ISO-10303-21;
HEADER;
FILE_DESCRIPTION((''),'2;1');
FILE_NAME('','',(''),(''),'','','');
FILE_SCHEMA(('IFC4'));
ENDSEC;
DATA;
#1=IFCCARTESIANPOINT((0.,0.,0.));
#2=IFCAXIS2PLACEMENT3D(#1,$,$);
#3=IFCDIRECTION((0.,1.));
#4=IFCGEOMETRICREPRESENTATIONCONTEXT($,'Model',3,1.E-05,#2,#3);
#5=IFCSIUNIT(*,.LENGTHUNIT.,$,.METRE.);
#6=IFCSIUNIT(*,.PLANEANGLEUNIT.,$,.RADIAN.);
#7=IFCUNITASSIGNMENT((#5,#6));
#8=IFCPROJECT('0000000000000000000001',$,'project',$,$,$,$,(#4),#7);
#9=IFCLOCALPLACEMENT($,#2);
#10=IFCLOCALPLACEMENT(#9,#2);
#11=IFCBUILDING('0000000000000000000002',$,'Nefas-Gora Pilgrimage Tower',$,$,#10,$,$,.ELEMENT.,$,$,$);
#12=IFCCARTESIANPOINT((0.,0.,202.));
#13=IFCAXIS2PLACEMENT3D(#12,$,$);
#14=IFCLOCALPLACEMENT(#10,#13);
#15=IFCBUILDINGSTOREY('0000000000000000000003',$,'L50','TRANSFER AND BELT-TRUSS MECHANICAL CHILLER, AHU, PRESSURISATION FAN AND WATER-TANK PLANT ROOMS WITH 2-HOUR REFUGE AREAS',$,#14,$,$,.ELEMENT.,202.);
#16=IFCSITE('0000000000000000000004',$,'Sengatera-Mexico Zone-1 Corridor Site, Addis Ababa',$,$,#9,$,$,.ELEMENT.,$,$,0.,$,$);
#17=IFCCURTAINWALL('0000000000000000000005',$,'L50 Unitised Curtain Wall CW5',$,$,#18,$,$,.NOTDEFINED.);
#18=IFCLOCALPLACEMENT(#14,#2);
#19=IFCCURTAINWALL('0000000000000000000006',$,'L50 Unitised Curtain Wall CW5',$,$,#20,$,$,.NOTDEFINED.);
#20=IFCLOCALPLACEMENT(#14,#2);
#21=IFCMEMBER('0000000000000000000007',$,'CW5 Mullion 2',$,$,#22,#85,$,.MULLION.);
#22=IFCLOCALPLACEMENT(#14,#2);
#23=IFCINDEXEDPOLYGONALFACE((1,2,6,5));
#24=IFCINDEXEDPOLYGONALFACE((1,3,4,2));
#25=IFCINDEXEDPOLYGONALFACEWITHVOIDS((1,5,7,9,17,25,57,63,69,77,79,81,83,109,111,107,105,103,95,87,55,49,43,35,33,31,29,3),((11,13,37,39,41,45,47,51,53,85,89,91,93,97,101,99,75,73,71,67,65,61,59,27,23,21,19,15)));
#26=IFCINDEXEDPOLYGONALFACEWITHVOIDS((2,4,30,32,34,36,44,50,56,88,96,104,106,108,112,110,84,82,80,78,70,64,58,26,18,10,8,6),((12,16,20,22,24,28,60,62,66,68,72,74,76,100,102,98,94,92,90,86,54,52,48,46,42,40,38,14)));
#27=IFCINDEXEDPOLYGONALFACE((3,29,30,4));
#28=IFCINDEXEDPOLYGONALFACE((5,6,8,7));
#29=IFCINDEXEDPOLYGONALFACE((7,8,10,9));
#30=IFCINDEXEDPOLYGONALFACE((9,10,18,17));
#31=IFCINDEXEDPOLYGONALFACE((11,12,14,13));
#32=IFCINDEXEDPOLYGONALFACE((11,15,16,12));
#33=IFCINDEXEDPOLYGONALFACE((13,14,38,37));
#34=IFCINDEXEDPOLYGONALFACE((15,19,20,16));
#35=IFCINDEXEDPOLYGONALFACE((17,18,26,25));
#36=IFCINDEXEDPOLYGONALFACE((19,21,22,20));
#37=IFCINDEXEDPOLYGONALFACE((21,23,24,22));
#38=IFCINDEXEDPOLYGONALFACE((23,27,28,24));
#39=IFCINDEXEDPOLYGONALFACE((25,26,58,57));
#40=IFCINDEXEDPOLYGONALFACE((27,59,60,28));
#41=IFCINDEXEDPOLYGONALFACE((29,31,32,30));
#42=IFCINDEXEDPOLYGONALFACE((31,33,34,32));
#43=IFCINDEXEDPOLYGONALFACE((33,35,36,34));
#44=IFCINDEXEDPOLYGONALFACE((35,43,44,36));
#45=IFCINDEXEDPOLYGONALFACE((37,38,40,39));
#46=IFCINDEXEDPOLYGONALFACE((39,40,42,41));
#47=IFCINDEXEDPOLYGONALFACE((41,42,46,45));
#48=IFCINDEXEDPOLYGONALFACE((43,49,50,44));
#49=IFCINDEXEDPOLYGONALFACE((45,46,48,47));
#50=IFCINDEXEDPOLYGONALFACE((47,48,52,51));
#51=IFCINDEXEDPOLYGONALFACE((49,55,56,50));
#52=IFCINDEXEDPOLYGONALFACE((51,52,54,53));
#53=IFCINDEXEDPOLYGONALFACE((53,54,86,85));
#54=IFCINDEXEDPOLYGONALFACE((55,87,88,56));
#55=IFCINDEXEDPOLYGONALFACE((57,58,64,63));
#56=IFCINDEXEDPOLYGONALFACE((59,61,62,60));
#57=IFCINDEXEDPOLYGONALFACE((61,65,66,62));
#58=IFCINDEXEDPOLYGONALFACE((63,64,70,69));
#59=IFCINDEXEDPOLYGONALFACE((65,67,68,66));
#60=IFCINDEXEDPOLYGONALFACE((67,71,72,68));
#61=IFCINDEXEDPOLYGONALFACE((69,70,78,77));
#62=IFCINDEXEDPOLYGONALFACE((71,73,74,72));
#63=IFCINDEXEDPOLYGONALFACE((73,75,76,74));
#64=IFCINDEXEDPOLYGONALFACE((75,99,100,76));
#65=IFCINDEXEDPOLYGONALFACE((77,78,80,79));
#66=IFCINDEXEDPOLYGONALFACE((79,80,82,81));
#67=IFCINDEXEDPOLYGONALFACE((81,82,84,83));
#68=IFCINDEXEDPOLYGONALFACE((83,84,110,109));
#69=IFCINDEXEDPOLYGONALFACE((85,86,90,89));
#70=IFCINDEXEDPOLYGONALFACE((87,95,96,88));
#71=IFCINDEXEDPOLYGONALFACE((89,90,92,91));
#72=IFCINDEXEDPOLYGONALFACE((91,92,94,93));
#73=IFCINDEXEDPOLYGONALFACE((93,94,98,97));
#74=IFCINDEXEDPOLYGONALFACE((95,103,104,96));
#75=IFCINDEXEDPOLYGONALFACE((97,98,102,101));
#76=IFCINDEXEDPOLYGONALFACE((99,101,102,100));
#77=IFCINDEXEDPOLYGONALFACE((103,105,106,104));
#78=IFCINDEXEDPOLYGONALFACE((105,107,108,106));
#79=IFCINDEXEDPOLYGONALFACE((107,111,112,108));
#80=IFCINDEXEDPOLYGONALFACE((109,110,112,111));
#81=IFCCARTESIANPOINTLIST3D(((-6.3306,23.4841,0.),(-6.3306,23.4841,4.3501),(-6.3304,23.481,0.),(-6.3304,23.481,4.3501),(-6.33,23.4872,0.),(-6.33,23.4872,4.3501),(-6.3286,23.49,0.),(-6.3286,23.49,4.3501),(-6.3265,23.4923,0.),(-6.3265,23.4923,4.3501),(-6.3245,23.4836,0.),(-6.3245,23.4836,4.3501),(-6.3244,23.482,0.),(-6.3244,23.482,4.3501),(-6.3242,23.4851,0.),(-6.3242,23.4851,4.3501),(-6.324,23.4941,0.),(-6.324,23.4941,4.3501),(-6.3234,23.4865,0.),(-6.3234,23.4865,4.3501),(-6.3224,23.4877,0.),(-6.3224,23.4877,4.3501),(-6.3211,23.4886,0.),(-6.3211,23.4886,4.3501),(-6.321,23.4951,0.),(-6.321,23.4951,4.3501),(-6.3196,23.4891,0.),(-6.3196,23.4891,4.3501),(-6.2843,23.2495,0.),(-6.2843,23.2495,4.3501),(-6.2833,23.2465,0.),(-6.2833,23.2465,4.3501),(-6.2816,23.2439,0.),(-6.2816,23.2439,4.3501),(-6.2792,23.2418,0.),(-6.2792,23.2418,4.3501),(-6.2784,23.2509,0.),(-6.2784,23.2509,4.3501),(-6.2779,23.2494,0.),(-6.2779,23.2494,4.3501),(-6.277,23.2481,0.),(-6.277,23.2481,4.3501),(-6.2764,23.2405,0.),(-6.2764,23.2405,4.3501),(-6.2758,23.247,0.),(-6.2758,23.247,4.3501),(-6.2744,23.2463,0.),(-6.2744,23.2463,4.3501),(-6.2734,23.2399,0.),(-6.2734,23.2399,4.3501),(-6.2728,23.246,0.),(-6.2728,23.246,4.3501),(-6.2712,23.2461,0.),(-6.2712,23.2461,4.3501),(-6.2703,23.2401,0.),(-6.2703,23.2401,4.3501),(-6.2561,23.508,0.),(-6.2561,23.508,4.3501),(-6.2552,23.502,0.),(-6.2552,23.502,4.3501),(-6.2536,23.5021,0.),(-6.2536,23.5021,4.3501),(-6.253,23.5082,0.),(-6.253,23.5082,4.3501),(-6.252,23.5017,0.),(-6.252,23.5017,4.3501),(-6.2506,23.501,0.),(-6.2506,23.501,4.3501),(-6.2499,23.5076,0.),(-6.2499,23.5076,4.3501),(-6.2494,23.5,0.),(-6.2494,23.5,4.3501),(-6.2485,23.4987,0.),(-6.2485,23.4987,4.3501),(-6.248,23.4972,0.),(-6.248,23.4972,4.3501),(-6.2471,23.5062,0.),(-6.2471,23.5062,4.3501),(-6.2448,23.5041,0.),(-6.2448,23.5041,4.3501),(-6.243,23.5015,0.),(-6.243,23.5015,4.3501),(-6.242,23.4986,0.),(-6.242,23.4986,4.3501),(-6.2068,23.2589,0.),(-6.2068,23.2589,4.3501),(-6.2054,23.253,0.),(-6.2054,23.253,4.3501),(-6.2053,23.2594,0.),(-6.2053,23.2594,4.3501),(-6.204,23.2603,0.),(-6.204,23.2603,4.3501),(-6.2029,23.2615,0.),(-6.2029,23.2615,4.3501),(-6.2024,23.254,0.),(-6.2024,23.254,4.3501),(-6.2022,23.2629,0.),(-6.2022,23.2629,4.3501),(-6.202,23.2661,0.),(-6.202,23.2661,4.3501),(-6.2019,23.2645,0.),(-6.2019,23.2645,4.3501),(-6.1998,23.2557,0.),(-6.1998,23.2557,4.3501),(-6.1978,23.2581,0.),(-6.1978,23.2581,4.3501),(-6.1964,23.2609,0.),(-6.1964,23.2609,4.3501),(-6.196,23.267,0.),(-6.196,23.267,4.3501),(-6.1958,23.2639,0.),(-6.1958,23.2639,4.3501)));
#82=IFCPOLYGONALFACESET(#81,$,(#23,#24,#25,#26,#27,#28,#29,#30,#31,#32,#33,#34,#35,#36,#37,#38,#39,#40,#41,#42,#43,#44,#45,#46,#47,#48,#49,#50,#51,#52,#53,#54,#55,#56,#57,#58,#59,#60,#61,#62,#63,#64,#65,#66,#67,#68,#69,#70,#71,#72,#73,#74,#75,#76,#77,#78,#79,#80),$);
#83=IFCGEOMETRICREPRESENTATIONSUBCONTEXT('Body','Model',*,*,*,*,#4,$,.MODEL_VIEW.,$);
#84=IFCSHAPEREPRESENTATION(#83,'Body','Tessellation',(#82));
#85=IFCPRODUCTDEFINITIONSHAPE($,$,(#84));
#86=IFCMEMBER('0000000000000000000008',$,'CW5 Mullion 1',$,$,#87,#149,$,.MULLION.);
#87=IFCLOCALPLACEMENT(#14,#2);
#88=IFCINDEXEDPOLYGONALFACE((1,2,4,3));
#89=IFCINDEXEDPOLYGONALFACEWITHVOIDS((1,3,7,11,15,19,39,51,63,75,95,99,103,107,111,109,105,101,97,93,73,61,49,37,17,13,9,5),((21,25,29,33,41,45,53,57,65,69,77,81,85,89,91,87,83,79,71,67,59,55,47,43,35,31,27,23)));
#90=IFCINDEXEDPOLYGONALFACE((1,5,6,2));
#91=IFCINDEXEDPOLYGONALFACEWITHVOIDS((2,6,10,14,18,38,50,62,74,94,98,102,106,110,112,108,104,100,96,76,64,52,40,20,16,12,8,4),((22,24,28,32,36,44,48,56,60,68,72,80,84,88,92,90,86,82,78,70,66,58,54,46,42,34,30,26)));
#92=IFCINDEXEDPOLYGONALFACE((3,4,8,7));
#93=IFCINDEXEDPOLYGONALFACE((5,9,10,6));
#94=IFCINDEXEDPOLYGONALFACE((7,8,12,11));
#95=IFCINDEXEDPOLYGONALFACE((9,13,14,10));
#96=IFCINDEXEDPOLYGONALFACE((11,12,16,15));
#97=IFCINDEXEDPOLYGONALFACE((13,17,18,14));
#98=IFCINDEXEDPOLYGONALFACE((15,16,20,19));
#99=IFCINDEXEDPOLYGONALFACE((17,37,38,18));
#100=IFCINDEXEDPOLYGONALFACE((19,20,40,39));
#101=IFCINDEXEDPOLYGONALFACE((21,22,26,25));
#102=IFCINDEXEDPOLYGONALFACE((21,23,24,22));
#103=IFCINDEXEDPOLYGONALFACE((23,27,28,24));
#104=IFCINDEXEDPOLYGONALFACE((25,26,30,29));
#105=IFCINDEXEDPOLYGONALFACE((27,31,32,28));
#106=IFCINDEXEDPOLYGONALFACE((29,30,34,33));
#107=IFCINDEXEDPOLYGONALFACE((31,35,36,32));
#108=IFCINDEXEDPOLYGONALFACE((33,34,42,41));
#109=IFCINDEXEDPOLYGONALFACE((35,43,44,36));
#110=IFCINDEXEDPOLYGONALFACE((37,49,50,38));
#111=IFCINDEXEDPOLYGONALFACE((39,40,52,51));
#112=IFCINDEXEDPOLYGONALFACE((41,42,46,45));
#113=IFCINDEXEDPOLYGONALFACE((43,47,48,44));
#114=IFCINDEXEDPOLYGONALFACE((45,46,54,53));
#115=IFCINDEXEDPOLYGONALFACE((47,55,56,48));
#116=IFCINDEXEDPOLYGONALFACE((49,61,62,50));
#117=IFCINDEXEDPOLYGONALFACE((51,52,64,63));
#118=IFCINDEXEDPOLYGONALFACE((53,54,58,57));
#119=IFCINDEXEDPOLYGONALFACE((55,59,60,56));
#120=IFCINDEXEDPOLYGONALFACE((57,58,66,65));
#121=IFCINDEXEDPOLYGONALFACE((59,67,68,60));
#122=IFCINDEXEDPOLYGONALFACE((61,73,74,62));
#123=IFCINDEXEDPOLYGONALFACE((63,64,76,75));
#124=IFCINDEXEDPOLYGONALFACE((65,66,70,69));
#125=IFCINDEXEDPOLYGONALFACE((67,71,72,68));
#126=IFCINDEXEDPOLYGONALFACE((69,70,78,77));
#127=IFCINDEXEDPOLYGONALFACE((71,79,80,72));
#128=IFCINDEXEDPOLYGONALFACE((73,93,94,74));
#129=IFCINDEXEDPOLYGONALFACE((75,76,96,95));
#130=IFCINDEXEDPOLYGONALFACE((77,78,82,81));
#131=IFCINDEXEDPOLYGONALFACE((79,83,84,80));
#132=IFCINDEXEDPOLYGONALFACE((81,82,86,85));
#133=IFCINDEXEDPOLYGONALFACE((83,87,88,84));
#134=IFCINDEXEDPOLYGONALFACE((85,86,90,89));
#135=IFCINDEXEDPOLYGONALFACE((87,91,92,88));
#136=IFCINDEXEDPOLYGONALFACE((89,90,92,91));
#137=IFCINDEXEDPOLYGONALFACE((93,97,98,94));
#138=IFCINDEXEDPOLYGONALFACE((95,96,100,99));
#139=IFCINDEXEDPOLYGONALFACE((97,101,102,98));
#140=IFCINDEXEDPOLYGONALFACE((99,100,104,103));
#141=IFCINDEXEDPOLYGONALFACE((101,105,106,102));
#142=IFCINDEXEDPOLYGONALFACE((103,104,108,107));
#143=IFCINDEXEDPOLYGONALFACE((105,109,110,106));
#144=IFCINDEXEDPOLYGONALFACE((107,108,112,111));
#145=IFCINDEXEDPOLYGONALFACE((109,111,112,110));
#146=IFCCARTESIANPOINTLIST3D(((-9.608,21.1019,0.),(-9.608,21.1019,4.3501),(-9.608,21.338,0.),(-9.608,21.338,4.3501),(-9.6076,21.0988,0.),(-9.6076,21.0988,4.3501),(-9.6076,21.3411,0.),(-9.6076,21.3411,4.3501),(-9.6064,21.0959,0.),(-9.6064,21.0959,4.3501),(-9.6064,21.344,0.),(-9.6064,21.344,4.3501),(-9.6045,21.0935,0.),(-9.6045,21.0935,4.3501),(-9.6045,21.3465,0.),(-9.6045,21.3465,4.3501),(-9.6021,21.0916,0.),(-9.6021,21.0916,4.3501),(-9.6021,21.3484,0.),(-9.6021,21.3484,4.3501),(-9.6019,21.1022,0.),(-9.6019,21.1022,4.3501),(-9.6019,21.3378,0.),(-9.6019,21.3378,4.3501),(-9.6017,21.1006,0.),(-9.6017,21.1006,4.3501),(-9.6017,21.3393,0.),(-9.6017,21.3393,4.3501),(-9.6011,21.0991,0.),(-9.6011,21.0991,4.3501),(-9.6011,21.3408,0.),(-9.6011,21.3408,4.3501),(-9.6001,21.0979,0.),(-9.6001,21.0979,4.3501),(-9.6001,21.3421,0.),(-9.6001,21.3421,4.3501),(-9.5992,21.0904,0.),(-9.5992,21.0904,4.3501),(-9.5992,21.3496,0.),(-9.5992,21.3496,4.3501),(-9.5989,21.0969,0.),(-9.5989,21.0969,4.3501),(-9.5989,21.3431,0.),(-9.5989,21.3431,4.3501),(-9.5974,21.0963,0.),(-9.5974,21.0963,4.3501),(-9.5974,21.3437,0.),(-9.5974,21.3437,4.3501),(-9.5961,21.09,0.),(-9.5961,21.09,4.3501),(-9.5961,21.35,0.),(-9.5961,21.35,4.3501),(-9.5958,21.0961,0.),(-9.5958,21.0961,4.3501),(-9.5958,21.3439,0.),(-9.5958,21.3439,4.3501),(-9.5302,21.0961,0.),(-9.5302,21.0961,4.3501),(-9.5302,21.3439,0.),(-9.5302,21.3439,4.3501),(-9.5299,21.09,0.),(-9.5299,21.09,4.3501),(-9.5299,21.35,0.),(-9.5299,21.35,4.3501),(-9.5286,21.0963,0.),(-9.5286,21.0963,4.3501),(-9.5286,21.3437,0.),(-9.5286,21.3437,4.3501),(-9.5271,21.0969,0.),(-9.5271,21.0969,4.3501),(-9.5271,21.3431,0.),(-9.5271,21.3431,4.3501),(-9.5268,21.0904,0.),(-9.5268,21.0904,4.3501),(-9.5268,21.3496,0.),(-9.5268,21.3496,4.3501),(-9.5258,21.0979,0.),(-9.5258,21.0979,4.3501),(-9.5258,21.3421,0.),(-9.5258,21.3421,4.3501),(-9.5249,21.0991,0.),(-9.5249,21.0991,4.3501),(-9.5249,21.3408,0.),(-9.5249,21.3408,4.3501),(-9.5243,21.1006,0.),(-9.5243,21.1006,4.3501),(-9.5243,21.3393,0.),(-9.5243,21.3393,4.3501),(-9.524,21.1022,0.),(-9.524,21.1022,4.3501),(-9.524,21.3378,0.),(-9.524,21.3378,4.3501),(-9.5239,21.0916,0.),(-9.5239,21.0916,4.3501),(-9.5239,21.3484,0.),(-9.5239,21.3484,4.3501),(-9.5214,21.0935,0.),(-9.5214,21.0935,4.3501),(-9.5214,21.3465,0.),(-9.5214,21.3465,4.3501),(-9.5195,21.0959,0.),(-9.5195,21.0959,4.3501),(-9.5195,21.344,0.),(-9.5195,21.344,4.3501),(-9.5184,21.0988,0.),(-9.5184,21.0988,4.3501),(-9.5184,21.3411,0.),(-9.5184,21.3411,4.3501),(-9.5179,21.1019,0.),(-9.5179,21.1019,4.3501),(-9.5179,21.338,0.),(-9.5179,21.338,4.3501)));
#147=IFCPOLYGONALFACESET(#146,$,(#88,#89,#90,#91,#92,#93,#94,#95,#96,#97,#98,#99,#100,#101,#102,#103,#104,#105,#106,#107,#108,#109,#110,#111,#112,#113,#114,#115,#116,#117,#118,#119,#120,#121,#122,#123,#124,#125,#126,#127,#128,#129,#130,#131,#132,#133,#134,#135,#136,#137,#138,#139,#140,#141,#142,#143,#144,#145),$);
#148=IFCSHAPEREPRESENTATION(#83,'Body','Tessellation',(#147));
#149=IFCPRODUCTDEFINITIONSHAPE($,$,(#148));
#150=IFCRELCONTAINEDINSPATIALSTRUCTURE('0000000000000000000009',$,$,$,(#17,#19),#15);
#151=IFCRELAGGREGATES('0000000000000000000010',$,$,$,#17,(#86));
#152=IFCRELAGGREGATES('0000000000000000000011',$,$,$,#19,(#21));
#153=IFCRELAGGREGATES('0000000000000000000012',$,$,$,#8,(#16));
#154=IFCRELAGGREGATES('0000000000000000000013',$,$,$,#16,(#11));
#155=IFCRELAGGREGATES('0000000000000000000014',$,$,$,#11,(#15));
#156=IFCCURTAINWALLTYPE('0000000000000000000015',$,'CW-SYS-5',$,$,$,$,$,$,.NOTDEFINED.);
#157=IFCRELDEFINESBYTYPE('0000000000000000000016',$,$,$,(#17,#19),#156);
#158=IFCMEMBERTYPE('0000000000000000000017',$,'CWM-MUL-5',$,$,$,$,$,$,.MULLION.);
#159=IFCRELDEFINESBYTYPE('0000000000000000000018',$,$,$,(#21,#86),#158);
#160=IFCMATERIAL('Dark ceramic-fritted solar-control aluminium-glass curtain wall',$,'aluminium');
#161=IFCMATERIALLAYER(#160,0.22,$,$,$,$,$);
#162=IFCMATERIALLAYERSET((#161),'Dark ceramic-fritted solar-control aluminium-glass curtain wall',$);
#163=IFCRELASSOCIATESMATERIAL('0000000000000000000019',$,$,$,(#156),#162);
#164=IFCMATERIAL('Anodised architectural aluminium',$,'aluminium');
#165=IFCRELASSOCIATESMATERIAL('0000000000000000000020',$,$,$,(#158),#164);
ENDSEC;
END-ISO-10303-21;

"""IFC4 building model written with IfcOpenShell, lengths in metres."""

from ifc_helpers import new_model, si_unit, direction, frame, origin, origin_2d, place, context, subcontext, project, spatial, hollow_rectangle, extrude, source, transform, mapped, material, layer, layer_set, material_profile, profile_set, type_object, element, aggregate, save


model = new_model("IFC4")

# Units and contexts
model_context = context("Model", 3, precision=1e-05, world=origin(), true_north=direction((0.0, 1.0)))
body_context = subcontext(model_context, "Body", "Model", "MODEL_VIEW")
ifc_project = project(units=[si_unit("LENGTHUNIT", "METRE"), si_unit("PLANEANGLEUNIT", "RADIAN")], contexts=[model_context])

# Site, building, storey
site_placement = place(None, origin())
site = spatial("IfcSite", under=ifc_project, at=site_placement, Name="Sengatera-Mexico Zone-1 Corridor Site, Addis Ababa", CompositionType="ELEMENT", RefElevation=0.0)
building_placement = place(site_placement, origin())
building = spatial("IfcBuilding", under=site, at=building_placement, Name="Nefas-Gora Pilgrimage Tower", CompositionType="ELEMENT")
storey_placement = place(building_placement, frame((0.0, 0.0, 202.0)))
storey = spatial("IfcBuildingStorey", under=building, at=storey_placement, Name="L50", Description="TRANSFER AND BELT-TRUSS MECHANICAL CHILLER, AHU, PRESSURISATION FAN AND WATER-TANK PLANT ROOMS WITH 2-HOUR REFUGE AREAS", CompositionType="ELEMENT", Elevation=202.0)

# Curtain walls
ifc_material_1 = material(Name="Dark ceramic-fritted solar-control aluminium-glass curtain wall", Category="aluminium")
ifc_layer_1 = layer(ifc_material_1, 0.22)
ifc_layer_set_1 = layer_set([ifc_layer_1], Name="Dark ceramic-fritted solar-control aluminium-glass curtain wall")
curtain_wall_type = type_object("IfcCurtainWallType", Name="CW-SYS-5", PredefinedType="NOTDEFINED", material=ifc_layer_set_1)
curtain_wall_1_placement = place(storey_placement, origin())
curtain_wall_1 = element("IfcCurtainWall", 1, at=curtain_wall_1_placement, inside=storey, type_object=curtain_wall_type, Name="L50 Unitised Curtain Wall CW5", PredefinedType="NOTDEFINED")
ifc_material_2 = material(Name="Anodised architectural aluminium", Category="aluminium")
curtain_wall_2_placement = place(storey_placement, origin())
curtain_wall_2 = element("IfcCurtainWall", 2, at=curtain_wall_2_placement, inside=storey, type_object=curtain_wall_type, Name="L50 Unitised Curtain Wall CW5", PredefinedType="NOTDEFINED")
ifc_material_profile_1 = material_profile(ifc_material_2, hollow_rectangle(XDim=0.0901, YDim=0.26, WallThickness=0.0061, InnerFilletRadius=0.0061, OuterFilletRadius=0.012, at=origin_2d()), Name="ALU MULLION 90x260")
ifc_profile_set_1 = profile_set([ifc_material_profile_1], Name="Anodised architectural aluminium")
member_type_1 = type_object("IfcMemberType", Name="CWM-MUL-5", PredefinedType="MULLION", material=ifc_profile_set_1)
shared_shape_1 = source(origin(), body_context, "Body", "SweptSolid", [
    extrude(hollow_rectangle(XDim=0.0901, YDim=0.26, WallThickness=0.0061, InnerFilletRadius=0.0061, OuterFilletRadius=0.012, at=origin_2d()), origin(), (0.0, 0.0, 1.0), 4.3501),
])

# Members
member_1_placement = place(storey_placement, frame((-6.2632, 23.374, 0.0), z_axis=(0.0, 0.0, 1.0), x_axis=(-0.980783, -0.195102, 0.0)))
member_1 = element("IfcMember", 3, at=member_1_placement, type_object=member_type_1, Name="CW5 Mullion 2", PredefinedType="MULLION", context=body_context, shape_type="MappedRepresentation", body=[
    mapped(shared_shape_1, transform((0.0, 0.0, 0.0), x_axis=(1.0, 0.0, 0.0), y_axis=(0.0, 1.0, 0.0), z_axis=(0.0, 0.0, 1.0), scale=1.0)),
])
member_2_placement = place(storey_placement, frame((-9.563, 21.22, 0.0), z_axis=(0.0, 0.0, 1.0), x_axis=(-1.0, 0.0, 0.0)))
member_2 = element("IfcMember", 4, at=member_2_placement, type_object=member_type_1, Name="CW5 Mullion 1", PredefinedType="MULLION", context=body_context, shape_type="MappedRepresentation", body=[
    mapped(shared_shape_1, transform((0.0, 0.0, 0.0), x_axis=(1.0, 0.0, 0.0), y_axis=(0.0, 1.0, 0.0), z_axis=(0.0, 0.0, 1.0), scale=1.0)),
])

aggregate(curtain_wall_1, [member_2])
aggregate(curtain_wall_2, [member_1])

save(model, "model.ifc")
